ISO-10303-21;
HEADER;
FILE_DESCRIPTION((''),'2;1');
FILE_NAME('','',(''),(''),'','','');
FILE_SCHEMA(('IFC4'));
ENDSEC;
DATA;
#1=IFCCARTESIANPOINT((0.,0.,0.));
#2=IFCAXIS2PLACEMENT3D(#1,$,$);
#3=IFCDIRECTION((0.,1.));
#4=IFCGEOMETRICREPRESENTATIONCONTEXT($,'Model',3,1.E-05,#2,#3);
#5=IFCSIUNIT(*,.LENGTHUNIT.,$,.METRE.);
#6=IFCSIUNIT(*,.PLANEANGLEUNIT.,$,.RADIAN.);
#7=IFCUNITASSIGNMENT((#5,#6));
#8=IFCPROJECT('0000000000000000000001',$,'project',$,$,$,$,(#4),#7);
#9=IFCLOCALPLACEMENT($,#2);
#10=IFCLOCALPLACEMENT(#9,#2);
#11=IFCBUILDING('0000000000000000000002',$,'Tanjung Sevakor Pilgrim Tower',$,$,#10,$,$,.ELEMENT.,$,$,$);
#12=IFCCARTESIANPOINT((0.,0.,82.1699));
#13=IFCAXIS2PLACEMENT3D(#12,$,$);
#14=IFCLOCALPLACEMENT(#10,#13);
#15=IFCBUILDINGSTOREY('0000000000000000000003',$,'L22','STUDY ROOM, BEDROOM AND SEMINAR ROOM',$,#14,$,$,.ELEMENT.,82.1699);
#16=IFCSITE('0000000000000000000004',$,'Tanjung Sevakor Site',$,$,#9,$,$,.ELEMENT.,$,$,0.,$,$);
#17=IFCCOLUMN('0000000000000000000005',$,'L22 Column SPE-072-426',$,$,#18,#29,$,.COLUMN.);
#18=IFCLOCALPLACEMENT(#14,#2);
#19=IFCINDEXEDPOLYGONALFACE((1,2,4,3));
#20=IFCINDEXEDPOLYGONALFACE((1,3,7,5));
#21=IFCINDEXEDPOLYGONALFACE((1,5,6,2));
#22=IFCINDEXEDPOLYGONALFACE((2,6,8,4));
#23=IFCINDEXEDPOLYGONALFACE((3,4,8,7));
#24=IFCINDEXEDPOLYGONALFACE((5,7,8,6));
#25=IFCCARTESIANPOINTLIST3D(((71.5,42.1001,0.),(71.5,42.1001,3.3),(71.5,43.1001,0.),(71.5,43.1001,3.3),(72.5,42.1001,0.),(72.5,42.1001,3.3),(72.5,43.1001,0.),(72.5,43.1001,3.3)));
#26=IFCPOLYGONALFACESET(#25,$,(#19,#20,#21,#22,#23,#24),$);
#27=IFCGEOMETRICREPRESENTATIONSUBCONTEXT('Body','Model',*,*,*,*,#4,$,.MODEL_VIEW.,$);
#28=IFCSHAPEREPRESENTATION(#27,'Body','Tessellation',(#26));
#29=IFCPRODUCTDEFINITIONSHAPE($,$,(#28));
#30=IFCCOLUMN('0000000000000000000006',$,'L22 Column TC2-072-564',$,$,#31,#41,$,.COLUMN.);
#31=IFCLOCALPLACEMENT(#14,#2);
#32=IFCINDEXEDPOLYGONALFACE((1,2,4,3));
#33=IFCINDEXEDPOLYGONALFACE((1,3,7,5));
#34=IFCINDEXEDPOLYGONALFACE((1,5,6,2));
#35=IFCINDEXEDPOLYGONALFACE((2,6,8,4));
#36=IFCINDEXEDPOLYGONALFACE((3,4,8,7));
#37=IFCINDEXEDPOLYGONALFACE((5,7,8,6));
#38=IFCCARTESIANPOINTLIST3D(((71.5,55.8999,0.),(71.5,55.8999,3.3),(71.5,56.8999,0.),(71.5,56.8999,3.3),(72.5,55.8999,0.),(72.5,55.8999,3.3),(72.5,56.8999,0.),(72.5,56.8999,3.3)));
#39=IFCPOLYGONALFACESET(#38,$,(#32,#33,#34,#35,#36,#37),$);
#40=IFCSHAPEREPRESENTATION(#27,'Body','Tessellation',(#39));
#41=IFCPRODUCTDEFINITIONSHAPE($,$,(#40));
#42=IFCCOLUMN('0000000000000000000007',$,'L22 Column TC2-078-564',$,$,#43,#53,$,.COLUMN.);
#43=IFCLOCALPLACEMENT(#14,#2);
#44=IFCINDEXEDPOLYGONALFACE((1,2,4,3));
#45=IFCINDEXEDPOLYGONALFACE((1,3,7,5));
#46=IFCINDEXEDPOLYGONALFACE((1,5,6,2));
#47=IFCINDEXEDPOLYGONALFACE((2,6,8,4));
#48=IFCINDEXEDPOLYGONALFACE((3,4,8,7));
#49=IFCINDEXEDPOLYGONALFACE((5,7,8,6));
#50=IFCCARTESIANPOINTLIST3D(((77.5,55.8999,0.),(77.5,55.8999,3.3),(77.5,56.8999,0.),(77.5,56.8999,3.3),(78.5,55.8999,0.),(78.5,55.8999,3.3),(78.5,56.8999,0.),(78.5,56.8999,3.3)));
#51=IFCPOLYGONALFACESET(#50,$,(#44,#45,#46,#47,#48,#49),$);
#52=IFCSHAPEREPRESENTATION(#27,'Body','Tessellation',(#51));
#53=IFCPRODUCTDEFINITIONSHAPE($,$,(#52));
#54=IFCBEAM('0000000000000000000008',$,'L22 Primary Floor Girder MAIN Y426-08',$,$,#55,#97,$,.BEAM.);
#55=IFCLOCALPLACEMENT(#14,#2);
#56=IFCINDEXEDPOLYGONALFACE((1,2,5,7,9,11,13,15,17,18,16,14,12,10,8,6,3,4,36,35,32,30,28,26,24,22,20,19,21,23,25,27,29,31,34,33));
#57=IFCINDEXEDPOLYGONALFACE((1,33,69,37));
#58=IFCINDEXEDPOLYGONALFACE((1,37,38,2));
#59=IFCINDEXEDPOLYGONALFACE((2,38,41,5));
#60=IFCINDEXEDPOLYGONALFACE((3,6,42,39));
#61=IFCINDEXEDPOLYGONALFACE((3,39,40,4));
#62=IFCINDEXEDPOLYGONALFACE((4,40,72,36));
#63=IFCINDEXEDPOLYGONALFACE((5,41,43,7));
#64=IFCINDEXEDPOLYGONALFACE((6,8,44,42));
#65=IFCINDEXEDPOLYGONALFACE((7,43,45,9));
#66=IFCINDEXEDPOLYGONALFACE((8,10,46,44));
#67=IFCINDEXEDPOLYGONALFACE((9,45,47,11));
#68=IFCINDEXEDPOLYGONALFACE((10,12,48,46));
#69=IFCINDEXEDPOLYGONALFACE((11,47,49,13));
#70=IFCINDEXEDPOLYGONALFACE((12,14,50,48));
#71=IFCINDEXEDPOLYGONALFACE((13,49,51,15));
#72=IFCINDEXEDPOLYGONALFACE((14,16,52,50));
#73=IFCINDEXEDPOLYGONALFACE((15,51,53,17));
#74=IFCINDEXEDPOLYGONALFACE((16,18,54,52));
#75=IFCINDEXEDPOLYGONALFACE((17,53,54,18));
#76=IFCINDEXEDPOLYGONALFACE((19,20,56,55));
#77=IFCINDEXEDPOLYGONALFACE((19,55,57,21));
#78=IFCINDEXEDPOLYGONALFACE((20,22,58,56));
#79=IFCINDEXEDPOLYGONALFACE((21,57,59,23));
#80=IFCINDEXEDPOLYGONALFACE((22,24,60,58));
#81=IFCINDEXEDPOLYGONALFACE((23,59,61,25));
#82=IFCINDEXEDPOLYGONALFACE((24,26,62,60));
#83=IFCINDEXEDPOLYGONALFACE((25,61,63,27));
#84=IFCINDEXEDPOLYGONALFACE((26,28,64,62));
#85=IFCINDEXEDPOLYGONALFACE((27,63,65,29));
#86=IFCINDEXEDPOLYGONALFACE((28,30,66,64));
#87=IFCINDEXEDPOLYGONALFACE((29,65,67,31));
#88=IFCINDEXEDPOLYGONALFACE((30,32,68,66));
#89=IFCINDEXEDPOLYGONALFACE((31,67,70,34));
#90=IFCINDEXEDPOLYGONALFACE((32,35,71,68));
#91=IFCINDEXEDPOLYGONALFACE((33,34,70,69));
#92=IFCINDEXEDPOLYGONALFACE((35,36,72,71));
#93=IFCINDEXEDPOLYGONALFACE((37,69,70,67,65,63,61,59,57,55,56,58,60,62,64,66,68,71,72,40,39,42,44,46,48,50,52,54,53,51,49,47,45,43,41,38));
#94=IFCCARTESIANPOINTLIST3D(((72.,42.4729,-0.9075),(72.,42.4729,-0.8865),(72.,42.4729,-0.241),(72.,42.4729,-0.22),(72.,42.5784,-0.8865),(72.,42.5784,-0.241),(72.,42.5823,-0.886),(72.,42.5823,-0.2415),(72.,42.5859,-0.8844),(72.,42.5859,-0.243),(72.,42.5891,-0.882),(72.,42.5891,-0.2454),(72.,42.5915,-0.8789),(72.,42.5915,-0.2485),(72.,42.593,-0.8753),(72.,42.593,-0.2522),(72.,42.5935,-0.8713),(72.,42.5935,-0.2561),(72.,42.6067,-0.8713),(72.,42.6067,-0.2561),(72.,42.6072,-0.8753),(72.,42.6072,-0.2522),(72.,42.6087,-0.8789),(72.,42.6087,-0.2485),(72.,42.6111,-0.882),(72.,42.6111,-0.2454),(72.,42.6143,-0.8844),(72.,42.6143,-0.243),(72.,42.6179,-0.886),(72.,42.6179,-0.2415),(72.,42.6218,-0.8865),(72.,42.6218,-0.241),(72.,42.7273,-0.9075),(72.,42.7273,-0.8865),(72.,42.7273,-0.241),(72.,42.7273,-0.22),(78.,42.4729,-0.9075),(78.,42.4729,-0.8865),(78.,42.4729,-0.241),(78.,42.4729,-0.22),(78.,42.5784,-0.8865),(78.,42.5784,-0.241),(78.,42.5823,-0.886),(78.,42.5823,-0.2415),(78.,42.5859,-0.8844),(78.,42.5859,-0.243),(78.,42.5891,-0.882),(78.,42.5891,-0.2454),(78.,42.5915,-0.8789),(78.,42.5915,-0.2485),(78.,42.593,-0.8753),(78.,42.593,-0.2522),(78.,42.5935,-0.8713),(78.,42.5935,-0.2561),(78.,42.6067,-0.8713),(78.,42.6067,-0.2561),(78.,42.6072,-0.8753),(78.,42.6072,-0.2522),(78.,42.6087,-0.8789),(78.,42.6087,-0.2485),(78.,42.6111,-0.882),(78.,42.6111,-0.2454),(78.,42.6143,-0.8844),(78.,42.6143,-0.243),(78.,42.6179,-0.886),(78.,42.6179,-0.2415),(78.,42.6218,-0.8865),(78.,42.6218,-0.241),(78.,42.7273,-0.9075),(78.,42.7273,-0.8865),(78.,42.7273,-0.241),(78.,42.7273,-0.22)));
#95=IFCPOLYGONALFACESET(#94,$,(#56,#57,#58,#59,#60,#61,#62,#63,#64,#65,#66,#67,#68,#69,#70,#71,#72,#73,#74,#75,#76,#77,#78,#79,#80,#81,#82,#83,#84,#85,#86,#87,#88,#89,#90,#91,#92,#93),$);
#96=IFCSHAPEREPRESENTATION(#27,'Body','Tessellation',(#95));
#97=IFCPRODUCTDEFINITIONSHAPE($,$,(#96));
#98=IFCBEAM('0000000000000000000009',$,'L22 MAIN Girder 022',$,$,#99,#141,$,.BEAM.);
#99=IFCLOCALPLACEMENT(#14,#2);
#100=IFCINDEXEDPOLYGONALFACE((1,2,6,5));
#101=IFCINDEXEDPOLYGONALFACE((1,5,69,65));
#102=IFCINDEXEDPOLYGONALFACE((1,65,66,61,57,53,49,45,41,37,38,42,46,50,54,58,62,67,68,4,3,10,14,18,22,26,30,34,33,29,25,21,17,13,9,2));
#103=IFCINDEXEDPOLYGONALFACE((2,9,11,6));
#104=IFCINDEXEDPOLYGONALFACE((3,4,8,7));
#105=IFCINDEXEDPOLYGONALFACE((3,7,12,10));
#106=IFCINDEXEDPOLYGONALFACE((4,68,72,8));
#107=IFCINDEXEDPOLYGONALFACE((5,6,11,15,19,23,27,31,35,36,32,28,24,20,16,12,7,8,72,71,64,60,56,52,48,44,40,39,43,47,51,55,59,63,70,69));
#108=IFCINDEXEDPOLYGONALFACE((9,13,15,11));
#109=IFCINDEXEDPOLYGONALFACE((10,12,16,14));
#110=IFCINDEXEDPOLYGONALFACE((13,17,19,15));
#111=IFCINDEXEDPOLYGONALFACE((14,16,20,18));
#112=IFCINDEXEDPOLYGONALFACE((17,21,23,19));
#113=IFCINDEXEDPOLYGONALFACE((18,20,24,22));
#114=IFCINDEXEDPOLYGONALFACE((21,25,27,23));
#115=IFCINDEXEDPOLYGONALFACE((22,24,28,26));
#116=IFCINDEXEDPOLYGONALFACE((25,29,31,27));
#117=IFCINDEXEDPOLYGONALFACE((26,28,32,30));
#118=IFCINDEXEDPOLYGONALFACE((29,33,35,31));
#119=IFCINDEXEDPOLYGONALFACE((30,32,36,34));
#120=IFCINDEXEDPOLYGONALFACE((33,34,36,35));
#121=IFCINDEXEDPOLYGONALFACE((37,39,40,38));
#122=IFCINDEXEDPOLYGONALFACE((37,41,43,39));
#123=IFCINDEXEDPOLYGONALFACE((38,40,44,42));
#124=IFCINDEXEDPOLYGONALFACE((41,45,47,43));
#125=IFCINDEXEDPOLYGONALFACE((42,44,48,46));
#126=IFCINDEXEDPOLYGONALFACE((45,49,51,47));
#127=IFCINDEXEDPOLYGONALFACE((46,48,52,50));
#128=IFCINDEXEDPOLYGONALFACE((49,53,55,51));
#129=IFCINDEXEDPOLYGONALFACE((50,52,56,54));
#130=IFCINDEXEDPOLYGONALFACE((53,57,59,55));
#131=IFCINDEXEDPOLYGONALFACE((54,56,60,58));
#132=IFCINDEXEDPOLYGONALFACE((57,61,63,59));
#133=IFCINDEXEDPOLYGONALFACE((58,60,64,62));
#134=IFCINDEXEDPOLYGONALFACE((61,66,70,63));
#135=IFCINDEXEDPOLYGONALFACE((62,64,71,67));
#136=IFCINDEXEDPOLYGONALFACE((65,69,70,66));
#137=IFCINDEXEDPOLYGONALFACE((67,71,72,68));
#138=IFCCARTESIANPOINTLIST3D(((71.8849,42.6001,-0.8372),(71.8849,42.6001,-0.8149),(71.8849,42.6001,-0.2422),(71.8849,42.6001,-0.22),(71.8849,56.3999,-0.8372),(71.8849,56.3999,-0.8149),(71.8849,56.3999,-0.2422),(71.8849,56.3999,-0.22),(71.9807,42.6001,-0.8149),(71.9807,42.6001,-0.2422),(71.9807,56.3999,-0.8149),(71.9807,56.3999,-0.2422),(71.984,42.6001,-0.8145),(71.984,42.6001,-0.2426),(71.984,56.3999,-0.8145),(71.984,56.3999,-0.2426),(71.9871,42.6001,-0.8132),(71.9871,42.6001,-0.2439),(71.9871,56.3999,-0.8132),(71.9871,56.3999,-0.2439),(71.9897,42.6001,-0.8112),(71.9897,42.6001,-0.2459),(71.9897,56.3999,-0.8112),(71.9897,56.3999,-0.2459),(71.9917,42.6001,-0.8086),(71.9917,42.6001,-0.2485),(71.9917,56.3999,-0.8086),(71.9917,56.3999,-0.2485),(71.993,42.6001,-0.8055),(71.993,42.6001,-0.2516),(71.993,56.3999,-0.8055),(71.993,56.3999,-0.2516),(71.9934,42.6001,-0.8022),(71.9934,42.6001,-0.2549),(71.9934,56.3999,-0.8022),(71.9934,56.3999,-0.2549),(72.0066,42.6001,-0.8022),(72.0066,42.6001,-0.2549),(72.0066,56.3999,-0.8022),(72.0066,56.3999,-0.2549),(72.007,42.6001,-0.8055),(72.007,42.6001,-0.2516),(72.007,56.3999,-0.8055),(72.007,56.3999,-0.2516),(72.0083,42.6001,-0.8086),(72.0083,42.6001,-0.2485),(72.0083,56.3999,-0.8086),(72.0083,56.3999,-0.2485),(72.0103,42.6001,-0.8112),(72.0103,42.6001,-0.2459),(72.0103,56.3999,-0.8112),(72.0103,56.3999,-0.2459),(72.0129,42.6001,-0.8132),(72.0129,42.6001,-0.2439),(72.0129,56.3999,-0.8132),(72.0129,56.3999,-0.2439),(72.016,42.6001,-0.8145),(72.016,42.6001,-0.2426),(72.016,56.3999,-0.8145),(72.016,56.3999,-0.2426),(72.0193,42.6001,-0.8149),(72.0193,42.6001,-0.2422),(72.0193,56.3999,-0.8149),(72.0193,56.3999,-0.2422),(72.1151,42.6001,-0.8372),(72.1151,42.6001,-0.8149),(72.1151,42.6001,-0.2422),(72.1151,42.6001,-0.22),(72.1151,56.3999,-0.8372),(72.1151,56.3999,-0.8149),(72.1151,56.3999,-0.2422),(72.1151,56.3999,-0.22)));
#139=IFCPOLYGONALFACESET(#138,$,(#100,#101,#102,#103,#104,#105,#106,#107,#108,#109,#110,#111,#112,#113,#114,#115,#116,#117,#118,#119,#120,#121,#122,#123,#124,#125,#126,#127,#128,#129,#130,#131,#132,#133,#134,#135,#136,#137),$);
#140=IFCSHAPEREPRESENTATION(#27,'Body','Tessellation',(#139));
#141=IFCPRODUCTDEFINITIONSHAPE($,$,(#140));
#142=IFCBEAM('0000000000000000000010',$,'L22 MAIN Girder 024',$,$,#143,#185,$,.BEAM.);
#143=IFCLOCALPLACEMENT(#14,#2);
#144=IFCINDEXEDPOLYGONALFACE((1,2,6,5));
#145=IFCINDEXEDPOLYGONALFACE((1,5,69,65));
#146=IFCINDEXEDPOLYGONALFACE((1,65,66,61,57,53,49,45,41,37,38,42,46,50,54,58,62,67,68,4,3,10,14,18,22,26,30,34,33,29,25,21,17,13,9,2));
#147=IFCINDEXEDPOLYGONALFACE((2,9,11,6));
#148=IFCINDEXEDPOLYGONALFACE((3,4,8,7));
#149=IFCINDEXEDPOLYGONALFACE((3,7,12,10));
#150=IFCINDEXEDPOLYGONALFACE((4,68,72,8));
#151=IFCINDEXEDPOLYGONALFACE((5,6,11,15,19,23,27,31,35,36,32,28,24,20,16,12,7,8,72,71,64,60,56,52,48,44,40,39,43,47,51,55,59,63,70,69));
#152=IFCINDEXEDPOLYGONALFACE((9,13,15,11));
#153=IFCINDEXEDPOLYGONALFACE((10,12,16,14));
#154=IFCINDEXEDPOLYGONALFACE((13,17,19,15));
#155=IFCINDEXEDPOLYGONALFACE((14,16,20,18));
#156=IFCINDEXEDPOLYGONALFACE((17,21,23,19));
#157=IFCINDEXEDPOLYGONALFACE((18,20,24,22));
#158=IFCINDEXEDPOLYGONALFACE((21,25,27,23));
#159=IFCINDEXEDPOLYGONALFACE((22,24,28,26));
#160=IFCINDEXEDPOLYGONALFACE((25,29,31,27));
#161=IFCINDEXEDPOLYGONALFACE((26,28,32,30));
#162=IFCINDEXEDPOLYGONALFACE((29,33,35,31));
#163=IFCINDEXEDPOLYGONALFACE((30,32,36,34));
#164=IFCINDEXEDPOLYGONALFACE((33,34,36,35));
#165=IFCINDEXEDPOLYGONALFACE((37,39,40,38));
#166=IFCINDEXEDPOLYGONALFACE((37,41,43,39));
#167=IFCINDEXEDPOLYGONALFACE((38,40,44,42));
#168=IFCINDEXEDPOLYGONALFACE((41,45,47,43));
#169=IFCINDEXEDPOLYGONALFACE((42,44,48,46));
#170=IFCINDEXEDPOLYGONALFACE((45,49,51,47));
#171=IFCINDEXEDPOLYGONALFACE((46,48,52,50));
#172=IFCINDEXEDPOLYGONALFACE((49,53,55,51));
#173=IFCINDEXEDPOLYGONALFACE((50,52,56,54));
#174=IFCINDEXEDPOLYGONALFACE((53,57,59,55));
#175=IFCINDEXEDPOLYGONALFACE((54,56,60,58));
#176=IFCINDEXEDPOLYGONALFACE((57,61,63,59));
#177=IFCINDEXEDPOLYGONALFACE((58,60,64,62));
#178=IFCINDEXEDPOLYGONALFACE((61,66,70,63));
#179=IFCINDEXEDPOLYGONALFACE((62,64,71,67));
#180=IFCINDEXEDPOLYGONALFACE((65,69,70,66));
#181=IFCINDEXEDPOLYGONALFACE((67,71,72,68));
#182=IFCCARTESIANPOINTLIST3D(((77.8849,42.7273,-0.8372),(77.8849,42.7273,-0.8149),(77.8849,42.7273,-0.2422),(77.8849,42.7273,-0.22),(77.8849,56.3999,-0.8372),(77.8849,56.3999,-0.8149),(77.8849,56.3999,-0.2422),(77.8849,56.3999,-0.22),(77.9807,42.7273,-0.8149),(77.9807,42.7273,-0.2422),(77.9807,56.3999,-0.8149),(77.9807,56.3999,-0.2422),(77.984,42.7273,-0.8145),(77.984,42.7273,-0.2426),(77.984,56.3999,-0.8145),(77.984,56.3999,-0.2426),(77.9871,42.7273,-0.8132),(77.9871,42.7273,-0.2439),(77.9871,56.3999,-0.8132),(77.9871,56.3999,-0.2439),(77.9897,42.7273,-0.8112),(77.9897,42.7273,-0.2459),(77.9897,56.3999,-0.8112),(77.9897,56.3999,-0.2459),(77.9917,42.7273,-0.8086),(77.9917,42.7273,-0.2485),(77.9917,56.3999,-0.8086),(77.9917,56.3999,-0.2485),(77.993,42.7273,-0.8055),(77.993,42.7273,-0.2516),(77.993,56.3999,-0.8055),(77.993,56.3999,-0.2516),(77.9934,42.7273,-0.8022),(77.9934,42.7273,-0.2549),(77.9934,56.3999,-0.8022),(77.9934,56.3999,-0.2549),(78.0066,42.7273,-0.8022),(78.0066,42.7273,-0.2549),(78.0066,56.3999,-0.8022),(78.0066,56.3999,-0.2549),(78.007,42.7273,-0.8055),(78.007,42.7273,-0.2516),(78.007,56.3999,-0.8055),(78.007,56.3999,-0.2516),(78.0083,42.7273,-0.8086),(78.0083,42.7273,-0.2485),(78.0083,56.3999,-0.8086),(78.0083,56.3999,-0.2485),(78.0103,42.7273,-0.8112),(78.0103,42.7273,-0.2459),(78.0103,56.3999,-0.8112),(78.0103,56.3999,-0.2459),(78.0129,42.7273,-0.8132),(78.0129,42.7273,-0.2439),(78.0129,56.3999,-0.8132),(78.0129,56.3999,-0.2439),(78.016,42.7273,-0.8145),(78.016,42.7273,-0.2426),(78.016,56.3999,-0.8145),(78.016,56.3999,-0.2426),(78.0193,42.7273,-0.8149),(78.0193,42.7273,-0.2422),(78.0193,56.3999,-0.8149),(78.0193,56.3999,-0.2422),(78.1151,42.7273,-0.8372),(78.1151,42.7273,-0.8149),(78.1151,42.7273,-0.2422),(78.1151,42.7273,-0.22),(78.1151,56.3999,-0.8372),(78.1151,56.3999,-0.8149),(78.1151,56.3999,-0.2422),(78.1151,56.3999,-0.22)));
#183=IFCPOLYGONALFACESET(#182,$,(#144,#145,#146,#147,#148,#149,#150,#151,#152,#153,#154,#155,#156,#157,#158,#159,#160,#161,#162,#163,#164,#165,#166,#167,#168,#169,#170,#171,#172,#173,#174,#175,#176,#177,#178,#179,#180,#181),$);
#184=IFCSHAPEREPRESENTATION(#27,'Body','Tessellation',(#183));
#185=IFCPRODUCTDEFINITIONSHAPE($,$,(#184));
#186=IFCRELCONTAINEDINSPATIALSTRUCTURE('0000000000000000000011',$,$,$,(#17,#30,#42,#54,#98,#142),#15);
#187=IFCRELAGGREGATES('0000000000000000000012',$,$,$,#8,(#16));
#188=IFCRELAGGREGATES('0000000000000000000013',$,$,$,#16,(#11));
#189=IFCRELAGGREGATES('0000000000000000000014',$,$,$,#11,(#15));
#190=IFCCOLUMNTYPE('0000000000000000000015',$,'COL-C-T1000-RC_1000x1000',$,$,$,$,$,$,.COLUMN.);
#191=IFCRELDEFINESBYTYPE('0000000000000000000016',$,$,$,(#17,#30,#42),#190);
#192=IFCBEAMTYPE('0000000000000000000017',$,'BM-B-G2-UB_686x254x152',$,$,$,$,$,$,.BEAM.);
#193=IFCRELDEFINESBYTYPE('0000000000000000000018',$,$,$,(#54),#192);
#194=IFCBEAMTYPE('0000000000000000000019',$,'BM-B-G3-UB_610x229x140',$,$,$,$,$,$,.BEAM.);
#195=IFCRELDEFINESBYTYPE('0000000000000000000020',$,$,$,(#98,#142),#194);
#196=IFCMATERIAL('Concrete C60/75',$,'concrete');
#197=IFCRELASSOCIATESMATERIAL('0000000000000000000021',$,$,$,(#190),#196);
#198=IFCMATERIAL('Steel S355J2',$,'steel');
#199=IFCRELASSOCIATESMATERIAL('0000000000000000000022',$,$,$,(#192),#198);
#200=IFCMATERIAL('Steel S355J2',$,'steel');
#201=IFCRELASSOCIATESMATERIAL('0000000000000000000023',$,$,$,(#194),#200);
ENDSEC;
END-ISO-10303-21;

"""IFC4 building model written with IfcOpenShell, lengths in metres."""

from ifc_helpers import new_model, si_unit, direction, frame, origin, origin_2d, place, context, subcontext, project, spatial, rectangle, i_section, extrude, material, material_profile, profile_set, type_object, element, save


model = new_model("IFC4")

# Units and contexts
model_context = context("Model", 3, precision=1e-05, world=origin(), true_north=direction((0.0, 1.0)))
body_context = subcontext(model_context, "Body", "Model", "MODEL_VIEW")
ifc_project = project(units=[si_unit("LENGTHUNIT", "METRE"), si_unit("PLANEANGLEUNIT", "RADIAN")], contexts=[model_context])

# Site, building, storey
site_placement = place(None, origin())
site = spatial("IfcSite", under=ifc_project, at=site_placement, Name="Tanjung Sevakor Site", CompositionType="ELEMENT", RefElevation=0.0)
building_placement = place(site_placement, origin())
building = spatial("IfcBuilding", under=site, at=building_placement, Name="Tanjung Sevakor Pilgrim Tower", CompositionType="ELEMENT")
storey_placement = place(building_placement, frame((0.0, 0.0, 82.1699)))
storey = spatial("IfcBuildingStorey", under=building, at=storey_placement, Name="L22", Description="STUDY ROOM, BEDROOM AND SEMINAR ROOM", CompositionType="ELEMENT", Elevation=82.1699)

# Columns
ifc_material_1 = material(Name="Concrete C60/75", Category="concrete")
ifc_material_profile_1 = material_profile(ifc_material_1, rectangle(XDim=1.0, YDim=1.0, at=origin_2d()))
ifc_profile_set_1 = profile_set([ifc_material_profile_1], Name="Concrete C60/75")
column_type = type_object("IfcColumnType", Name="COL-C-T1000-RC_1000x1000", PredefinedType="COLUMN", material=ifc_profile_set_1)
for number, where, z_axis, x_axis, name in (
    (1, (72.0, 42.6001, 0.0), (0.0, 0.0, 1.0), (1.0, 0.0, 0.0), "L22 Column SPE-072-426"),
    (2, (72.0, 56.3999, 0.0), (0.0, 0.0, 1.0), (1.0, 0.0, 0.0), "L22 Column TC2-072-564"),
    (3, (78.0, 56.3999, 0.0), (0.0, 0.0, 1.0), (1.0, 0.0, 0.0), "L22 Column TC2-078-564"),
):
    element("IfcColumn", number, at=place(storey_placement, frame(where, z_axis=z_axis, x_axis=x_axis)), inside=storey, type_object=column_type, Name=name, PredefinedType="COLUMN", context=body_context, shape_type="SweptSolid", body=[
        extrude(rectangle(XDim=1.0, YDim=1.0, at=origin_2d()), origin(), (0.0, 0.0, 1.0), 3.3),
    ])

# Beams
ifc_material_2 = material(Name="Steel S355J2", Category="steel")
ifc_material_profile_2 = material_profile(ifc_material_2, i_section(OverallWidth=0.2544, OverallDepth=0.6875, WebThickness=0.0132, FlangeThickness=0.021, FilletRadius=0.0151, at=origin_2d()))
ifc_profile_set_2 = profile_set([ifc_material_profile_2], Name="Steel S355J2")
beam_type_1 = type_object("IfcBeamType", Name="BM-B-G2-UB_686x254x152", PredefinedType="BEAM", material=ifc_profile_set_2)
beam_1_placement = place(storey_placement, frame((72.0, 42.6001, -0.5637), z_axis=(1.0, 0.0, 0.0), x_axis=(0.0, 1.0, 0.0)))
element("IfcBeam", 4, at=beam_1_placement, inside=storey, type_object=beam_type_1, Name="L22 Primary Floor Girder MAIN Y426-08", PredefinedType="BEAM", context=body_context, shape_type="SweptSolid", body=[
    extrude(i_section(OverallWidth=0.2544, OverallDepth=0.6875, WebThickness=0.0132, FlangeThickness=0.021, FilletRadius=0.0151, at=origin_2d()), origin(), (0.0, 0.0, 1.0), 6.0),
])
ifc_material_3 = material(Name="Steel S355J2", Category="steel")
ifc_material_profile_3 = material_profile(ifc_material_3, i_section(OverallWidth=0.2302, OverallDepth=0.6172, WebThickness=0.0132, FlangeThickness=0.0222, FilletRadius=0.0127, at=origin_2d()))
ifc_profile_set_3 = profile_set([ifc_material_profile_3], Name="Steel S355J2")
beam_type_2 = type_object("IfcBeamType", Name="BM-B-G3-UB_610x229x140", PredefinedType="BEAM", material=ifc_profile_set_3)
beam_2_placement = place(storey_placement, frame((72.0, 42.6001, -0.5286), z_axis=(0.0, 1.0, 0.0), x_axis=(-1.0, 0.0, 0.0)))
element("IfcBeam", 5, at=beam_2_placement, inside=storey, type_object=beam_type_2, Name="L22 MAIN Girder 022", PredefinedType="BEAM", context=body_context, shape_type="SweptSolid", body=[
    extrude(i_section(OverallWidth=0.2302, OverallDepth=0.6172, WebThickness=0.0132, FlangeThickness=0.0222, FilletRadius=0.0127, at=origin_2d()), origin(), (0.0, 0.0, 1.0), 13.7998),
])
beam_3_placement = place(storey_placement, frame((78.0, 42.7273, -0.5286), z_axis=(0.0, 1.0, 0.0), x_axis=(-1.0, 0.0, 0.0)))
element("IfcBeam", 6, at=beam_3_placement, inside=storey, type_object=beam_type_2, Name="L22 MAIN Girder 024", PredefinedType="BEAM", context=body_context, shape_type="SweptSolid", body=[
    extrude(i_section(OverallWidth=0.2302, OverallDepth=0.6172, WebThickness=0.0132, FlangeThickness=0.0222, FilletRadius=0.0127, at=origin_2d()), origin(), (0.0, 0.0, 1.0), 13.6726),
])

save(model, "model.ifc")
